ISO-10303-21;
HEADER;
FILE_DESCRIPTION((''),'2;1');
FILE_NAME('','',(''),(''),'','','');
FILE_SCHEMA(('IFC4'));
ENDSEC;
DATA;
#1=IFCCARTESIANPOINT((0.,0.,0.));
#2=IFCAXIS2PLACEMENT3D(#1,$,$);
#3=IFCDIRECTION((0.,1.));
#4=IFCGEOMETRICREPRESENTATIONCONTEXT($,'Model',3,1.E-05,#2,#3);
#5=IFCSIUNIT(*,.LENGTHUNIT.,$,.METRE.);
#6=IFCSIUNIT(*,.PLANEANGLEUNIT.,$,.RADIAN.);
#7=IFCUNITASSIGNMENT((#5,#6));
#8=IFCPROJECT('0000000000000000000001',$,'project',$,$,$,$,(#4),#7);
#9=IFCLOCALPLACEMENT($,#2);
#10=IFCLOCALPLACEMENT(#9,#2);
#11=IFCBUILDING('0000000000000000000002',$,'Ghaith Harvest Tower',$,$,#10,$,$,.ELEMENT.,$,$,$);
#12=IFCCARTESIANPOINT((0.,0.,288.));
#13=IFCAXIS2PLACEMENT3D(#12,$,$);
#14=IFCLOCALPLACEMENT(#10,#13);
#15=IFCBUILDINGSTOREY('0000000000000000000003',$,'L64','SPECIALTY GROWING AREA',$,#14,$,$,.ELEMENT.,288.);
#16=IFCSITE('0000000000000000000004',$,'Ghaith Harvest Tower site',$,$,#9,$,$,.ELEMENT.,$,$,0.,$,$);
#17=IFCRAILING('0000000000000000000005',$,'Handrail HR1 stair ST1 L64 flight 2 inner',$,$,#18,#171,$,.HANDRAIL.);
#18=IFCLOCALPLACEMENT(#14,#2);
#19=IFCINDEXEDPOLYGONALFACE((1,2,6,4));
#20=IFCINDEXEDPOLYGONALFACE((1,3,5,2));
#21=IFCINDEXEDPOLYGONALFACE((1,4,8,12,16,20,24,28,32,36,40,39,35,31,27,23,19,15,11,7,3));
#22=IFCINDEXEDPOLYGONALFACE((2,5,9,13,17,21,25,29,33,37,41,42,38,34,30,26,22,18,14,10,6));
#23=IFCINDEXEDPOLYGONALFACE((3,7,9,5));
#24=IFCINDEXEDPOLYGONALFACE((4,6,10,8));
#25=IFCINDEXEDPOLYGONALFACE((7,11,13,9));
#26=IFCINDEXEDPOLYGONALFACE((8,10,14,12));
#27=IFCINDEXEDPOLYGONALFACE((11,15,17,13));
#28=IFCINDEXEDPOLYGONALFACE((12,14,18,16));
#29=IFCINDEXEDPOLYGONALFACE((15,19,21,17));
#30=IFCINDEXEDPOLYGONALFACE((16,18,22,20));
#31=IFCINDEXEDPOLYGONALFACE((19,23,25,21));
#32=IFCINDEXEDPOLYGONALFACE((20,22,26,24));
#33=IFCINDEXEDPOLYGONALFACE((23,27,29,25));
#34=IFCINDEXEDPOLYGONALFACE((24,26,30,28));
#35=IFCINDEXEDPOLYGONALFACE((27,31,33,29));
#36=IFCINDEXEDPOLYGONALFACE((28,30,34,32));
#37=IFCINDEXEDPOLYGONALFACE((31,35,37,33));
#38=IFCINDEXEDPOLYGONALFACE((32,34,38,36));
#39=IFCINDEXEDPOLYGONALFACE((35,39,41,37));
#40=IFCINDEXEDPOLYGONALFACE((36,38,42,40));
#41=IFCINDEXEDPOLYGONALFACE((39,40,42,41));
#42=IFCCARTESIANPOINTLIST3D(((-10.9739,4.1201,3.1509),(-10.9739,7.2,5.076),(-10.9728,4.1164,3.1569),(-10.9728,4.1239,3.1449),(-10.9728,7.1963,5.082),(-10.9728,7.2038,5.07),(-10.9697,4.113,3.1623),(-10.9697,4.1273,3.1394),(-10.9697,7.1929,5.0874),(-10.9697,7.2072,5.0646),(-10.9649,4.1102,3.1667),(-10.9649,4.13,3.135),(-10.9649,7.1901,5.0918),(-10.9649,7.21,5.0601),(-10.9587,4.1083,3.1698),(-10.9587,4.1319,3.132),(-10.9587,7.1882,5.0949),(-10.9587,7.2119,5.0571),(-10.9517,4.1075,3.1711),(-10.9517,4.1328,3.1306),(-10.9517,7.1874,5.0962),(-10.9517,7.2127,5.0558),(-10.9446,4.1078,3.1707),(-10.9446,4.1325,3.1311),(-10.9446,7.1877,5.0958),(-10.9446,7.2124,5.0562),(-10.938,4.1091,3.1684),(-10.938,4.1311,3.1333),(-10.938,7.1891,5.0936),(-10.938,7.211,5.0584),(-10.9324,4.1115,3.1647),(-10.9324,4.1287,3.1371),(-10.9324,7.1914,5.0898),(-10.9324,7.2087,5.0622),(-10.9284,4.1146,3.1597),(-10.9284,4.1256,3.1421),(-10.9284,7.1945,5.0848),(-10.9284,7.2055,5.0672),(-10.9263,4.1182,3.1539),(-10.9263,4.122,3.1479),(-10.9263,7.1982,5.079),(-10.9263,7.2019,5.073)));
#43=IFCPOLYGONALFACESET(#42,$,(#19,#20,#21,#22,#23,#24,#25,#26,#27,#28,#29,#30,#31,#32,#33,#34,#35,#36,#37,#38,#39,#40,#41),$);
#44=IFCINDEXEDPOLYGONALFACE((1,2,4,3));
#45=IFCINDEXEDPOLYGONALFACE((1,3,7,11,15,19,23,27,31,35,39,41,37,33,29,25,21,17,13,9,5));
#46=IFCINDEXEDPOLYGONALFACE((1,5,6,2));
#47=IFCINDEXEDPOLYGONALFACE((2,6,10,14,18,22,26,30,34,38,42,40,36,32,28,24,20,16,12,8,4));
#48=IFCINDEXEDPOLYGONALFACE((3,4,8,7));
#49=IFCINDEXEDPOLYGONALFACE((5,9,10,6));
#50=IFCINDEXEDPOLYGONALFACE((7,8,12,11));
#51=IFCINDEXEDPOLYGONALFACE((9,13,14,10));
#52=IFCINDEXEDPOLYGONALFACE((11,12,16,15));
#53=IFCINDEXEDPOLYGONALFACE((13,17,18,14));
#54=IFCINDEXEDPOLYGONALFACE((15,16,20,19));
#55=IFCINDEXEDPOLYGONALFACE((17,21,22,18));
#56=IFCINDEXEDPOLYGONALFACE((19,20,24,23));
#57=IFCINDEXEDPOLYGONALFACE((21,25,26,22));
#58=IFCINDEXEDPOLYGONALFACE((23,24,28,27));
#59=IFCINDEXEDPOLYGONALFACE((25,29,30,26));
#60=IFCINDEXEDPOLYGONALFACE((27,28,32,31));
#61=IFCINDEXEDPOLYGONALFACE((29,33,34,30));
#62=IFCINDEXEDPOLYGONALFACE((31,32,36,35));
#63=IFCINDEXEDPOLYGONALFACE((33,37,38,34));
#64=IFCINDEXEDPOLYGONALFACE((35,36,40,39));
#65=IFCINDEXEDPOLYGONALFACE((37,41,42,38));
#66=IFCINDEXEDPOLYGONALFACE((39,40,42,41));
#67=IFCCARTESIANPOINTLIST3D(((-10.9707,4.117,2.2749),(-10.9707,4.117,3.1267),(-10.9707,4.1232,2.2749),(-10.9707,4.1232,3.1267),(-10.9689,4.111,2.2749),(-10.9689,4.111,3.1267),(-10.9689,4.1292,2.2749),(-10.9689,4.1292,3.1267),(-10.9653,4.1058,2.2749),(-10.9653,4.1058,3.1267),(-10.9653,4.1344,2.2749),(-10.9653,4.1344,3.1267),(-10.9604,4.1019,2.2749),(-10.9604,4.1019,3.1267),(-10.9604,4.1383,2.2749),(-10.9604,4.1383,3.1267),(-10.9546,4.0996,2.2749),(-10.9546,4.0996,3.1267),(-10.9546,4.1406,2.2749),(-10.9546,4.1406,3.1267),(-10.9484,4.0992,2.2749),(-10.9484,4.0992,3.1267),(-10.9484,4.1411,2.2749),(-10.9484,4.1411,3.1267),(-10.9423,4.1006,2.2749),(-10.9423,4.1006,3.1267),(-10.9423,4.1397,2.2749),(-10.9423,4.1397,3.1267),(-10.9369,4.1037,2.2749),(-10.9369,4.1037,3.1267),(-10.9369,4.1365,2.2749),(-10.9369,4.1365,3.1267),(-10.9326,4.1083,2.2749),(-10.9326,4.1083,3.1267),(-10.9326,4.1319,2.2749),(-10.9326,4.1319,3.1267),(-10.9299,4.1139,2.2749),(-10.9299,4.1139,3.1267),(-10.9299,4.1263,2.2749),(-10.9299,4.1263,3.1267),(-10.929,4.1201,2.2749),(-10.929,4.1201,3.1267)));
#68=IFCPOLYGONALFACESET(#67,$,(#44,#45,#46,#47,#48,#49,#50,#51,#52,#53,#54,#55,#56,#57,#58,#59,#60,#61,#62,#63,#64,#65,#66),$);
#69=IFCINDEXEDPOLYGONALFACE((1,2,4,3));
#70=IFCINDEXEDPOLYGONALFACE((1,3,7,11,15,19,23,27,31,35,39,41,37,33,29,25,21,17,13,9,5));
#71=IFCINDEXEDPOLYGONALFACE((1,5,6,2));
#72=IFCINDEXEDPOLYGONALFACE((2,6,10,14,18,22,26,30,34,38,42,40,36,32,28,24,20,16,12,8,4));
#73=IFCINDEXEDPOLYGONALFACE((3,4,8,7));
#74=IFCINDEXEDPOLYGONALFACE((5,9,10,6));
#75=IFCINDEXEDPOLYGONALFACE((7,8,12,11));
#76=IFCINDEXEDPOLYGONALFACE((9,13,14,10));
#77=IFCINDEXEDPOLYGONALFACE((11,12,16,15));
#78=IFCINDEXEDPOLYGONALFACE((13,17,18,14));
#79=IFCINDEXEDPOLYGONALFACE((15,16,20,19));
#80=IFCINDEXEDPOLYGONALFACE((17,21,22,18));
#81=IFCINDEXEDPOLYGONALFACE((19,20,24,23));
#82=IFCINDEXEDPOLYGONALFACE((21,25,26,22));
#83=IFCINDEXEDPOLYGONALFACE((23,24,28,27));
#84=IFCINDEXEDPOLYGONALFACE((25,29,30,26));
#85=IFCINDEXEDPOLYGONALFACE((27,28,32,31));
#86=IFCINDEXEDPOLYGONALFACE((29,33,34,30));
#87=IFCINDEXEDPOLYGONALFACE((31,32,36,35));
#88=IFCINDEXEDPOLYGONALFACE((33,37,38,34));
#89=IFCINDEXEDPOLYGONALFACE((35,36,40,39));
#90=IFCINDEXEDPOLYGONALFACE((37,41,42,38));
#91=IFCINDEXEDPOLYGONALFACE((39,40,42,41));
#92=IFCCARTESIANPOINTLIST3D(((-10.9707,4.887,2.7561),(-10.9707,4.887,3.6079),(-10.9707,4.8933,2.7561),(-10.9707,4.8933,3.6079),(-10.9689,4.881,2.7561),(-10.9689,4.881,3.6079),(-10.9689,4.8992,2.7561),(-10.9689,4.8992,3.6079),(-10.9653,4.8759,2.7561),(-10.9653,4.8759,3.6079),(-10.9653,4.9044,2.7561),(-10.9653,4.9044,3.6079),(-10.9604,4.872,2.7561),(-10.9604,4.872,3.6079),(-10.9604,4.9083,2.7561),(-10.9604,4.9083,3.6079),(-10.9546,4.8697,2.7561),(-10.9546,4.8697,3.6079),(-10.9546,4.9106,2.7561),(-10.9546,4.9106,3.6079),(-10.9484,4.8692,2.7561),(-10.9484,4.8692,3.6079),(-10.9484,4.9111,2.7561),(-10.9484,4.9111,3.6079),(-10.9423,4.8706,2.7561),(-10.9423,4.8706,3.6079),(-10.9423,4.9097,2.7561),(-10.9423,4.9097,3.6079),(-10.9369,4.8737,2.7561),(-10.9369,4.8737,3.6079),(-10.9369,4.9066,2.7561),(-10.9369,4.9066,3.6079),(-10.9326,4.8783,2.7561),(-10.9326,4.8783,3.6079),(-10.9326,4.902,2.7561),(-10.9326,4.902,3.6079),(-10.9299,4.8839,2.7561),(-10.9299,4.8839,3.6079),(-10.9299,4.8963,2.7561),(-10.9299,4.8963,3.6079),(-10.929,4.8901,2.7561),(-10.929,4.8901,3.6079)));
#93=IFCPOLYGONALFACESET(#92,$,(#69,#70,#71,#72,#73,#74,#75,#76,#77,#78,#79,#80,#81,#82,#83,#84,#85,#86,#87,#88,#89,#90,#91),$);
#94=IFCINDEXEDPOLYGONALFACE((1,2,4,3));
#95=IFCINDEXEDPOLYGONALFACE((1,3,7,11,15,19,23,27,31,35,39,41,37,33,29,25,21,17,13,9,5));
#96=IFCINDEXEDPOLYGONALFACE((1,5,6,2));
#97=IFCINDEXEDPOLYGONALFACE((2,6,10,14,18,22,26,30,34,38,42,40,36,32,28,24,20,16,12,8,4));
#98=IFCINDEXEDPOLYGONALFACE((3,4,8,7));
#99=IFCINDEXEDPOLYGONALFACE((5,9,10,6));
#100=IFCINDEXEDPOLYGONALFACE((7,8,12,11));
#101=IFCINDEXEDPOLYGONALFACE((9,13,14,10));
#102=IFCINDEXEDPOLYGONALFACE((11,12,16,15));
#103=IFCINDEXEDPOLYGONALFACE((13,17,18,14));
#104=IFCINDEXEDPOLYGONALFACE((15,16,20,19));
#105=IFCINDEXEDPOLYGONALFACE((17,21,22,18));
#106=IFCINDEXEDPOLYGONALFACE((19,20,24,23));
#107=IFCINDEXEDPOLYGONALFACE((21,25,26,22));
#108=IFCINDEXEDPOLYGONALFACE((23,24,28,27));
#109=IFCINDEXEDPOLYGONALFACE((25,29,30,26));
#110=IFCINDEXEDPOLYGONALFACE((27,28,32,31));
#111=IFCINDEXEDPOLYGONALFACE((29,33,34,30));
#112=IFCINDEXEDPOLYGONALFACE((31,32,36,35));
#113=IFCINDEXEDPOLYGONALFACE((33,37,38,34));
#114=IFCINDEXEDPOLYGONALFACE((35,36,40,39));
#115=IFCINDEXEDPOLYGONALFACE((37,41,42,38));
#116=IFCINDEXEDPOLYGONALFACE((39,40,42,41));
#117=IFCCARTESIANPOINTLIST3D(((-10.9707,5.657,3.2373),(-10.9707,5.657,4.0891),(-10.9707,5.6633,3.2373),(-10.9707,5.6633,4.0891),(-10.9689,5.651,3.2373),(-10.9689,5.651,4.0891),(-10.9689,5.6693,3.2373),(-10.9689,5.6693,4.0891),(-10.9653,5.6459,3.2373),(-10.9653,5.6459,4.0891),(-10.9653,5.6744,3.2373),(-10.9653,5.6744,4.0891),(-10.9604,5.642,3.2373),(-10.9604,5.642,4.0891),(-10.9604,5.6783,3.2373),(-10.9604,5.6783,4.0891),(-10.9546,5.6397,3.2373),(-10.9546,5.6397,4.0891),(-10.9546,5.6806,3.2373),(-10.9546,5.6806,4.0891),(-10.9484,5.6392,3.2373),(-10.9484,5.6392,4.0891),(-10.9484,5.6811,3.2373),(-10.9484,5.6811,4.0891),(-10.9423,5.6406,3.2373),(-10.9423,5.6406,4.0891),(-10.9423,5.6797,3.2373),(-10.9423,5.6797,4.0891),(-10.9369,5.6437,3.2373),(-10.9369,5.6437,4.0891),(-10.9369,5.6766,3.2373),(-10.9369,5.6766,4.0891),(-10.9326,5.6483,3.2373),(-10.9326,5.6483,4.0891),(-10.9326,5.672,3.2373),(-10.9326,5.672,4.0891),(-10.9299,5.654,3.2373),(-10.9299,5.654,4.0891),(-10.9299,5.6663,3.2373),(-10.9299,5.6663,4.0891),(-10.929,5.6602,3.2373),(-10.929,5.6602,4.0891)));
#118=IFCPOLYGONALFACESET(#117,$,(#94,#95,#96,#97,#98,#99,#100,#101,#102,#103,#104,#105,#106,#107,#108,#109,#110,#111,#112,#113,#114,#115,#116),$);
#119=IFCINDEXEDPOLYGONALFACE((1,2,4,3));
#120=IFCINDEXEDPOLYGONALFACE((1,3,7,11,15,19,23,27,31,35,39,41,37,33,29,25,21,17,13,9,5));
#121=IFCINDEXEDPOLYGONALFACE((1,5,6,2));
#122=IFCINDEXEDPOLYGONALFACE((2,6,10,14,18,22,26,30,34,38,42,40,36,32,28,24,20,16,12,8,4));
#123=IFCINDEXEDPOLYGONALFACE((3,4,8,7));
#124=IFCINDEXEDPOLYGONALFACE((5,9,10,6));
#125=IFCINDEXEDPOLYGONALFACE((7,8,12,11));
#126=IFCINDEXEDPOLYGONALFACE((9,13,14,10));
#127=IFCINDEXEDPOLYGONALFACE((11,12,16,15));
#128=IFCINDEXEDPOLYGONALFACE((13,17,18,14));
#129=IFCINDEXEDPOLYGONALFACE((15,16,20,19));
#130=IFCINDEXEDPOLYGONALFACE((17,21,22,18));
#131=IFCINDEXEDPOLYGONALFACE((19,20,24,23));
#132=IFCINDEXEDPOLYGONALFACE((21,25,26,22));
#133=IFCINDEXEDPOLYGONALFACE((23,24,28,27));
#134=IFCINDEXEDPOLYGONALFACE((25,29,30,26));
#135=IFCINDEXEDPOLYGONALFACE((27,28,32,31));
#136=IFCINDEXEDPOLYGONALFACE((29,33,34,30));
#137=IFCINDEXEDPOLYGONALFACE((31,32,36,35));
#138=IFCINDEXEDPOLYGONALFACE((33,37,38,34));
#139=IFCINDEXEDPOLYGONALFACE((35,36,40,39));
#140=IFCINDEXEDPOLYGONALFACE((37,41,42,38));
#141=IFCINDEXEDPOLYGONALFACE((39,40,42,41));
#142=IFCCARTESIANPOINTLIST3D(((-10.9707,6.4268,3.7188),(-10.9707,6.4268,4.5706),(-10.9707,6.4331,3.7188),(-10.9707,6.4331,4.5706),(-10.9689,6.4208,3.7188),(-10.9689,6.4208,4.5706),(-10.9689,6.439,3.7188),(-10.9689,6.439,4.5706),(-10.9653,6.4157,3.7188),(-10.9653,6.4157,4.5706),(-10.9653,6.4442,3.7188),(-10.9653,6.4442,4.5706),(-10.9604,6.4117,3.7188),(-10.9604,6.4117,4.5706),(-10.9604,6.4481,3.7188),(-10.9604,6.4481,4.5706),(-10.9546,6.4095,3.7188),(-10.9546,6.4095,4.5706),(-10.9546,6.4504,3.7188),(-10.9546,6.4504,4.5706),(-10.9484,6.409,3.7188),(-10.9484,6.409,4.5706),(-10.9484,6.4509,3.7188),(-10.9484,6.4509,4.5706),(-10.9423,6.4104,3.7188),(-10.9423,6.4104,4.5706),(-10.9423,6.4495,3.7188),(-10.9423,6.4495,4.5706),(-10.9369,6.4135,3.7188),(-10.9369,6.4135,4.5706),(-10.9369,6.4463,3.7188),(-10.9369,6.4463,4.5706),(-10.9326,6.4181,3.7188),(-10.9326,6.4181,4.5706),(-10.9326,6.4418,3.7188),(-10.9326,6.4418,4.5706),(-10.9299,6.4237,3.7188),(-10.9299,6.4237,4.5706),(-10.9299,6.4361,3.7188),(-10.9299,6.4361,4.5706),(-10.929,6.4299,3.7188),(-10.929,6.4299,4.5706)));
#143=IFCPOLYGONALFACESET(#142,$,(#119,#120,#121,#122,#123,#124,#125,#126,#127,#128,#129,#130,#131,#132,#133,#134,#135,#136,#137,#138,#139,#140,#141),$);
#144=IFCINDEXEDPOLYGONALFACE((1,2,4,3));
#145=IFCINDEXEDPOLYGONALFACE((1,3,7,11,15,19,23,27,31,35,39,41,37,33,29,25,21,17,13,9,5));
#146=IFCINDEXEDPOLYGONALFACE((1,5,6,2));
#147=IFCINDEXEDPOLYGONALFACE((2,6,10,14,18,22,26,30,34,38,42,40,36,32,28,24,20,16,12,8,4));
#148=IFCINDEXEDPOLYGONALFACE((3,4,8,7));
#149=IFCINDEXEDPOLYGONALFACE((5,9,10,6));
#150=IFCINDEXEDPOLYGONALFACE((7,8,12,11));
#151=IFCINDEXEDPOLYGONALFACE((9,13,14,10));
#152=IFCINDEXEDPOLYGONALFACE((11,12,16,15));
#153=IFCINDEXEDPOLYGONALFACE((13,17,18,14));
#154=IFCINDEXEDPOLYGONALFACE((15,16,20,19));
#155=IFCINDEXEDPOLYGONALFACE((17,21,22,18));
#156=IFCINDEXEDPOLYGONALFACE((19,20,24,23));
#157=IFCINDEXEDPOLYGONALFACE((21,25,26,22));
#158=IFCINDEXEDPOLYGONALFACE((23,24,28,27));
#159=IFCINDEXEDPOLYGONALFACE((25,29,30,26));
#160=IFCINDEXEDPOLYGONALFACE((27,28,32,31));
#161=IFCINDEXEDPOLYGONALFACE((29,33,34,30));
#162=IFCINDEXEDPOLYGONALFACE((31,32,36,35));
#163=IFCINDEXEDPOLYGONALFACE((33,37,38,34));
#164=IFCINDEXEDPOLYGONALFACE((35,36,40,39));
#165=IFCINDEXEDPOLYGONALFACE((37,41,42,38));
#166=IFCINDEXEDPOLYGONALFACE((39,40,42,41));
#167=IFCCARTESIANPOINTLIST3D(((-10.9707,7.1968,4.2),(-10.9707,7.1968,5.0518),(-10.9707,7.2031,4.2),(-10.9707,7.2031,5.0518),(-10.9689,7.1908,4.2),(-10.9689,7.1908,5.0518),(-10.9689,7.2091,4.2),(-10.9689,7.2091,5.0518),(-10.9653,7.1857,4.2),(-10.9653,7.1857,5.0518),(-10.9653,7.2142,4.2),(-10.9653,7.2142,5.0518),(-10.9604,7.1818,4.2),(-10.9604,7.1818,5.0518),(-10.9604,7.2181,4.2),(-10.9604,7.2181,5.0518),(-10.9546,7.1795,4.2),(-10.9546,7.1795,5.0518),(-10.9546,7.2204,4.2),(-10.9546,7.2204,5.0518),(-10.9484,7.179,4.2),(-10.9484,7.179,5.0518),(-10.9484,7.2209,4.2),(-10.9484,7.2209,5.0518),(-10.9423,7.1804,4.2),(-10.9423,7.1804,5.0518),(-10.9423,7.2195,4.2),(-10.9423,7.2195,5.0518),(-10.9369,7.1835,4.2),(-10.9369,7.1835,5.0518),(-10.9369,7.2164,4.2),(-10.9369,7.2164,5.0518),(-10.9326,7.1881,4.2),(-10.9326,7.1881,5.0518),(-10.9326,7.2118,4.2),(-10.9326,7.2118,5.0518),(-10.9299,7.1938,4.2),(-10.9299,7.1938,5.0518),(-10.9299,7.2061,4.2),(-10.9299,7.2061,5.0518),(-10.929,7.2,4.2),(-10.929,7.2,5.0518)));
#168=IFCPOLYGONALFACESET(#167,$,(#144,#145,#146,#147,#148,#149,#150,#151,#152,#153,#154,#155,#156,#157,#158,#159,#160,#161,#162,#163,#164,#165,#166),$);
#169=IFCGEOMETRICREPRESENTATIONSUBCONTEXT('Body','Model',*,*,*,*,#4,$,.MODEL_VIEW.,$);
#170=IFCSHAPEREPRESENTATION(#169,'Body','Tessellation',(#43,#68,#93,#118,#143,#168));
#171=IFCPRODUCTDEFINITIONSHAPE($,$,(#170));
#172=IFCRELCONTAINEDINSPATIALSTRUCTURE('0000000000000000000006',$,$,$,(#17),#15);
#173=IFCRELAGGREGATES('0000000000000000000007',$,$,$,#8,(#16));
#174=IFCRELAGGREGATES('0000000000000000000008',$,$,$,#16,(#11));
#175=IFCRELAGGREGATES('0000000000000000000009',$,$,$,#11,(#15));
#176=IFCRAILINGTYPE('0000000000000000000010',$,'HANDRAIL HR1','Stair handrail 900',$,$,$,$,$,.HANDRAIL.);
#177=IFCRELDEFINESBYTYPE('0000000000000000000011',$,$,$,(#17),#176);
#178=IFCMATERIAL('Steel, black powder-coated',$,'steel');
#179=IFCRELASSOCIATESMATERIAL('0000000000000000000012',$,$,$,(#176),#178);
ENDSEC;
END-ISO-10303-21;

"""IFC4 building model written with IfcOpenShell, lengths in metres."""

from ifc_helpers import new_model, si_unit, direction, frame, origin, origin_2d, place, context, subcontext, project, spatial, circle, extrude, material, type_object, element, save


model = new_model("IFC4")

# Units and contexts
model_context = context("Model", 3, precision=1e-05, world=origin(), true_north=direction((0.0, 1.0)))
body_context = subcontext(model_context, "Body", "Model", "MODEL_VIEW")
ifc_project = project(units=[si_unit("LENGTHUNIT", "METRE"), si_unit("PLANEANGLEUNIT", "RADIAN")], contexts=[model_context])

# Site, building, storey
site_placement = place(None, origin())
site = spatial("IfcSite", under=ifc_project, at=site_placement, Name="Ghaith Harvest Tower site", CompositionType="ELEMENT", RefElevation=0.0)
building_placement = place(site_placement, origin())
building = spatial("IfcBuilding", under=site, at=building_placement, Name="Ghaith Harvest Tower", CompositionType="ELEMENT")
storey_placement = place(building_placement, frame((0.0, 0.0, 288.0)))
storey = spatial("IfcBuildingStorey", under=building, at=storey_placement, Name="L64", Description="SPECIALTY GROWING AREA", CompositionType="ELEMENT", Elevation=288.0)

# Railing
ifc_material_1 = material(Name="Steel, black powder-coated", Category="steel")
railing_type = type_object("IfcRailingType", Name="HANDRAIL HR1", Description="Stair handrail 900", PredefinedType="HANDRAIL", material=ifc_material_1)
railing_1_placement = place(storey_placement, frame((-10.95, 4.1201, 2.2749)))
element("IfcRailing", 1, at=railing_1_placement, inside=storey, type_object=railing_type, Name="Handrail HR1 stair ST1 L64 flight 2 inner", PredefinedType="HANDRAIL", context=body_context, shape_type="SweptSolid", body=[
    extrude(circle(Radius=0.0239, at=origin_2d()), frame((0.0, 0.0, 0.876), z_axis=(0.0, 0.847979, 0.530029), x_axis=(-1.0, 0.0, 0.0)), (0.0, 0.0, 1.0), 3.6321),
    extrude(circle(Radius=0.021, at=origin_2d()), origin(), (0.0, 0.0, 1.0), 0.8518),
    extrude(circle(Radius=0.021, at=origin_2d()), frame((0.0, 0.77, 0.4812)), (0.0, 0.0, 1.0), 0.8518),
    extrude(circle(Radius=0.021, at=origin_2d()), frame((0.0, 1.54, 0.9624)), (0.0, 0.0, 1.0), 0.8518),
    extrude(circle(Radius=0.021, at=origin_2d()), frame((0.0, 2.3098, 1.4438)), (0.0, 0.0, 1.0), 0.8518),
    extrude(circle(Radius=0.021, at=origin_2d()), frame((0.0, 3.0798, 1.925)), (0.0, 0.0, 1.0), 0.8518),
])

save(model, "model.ifc")
